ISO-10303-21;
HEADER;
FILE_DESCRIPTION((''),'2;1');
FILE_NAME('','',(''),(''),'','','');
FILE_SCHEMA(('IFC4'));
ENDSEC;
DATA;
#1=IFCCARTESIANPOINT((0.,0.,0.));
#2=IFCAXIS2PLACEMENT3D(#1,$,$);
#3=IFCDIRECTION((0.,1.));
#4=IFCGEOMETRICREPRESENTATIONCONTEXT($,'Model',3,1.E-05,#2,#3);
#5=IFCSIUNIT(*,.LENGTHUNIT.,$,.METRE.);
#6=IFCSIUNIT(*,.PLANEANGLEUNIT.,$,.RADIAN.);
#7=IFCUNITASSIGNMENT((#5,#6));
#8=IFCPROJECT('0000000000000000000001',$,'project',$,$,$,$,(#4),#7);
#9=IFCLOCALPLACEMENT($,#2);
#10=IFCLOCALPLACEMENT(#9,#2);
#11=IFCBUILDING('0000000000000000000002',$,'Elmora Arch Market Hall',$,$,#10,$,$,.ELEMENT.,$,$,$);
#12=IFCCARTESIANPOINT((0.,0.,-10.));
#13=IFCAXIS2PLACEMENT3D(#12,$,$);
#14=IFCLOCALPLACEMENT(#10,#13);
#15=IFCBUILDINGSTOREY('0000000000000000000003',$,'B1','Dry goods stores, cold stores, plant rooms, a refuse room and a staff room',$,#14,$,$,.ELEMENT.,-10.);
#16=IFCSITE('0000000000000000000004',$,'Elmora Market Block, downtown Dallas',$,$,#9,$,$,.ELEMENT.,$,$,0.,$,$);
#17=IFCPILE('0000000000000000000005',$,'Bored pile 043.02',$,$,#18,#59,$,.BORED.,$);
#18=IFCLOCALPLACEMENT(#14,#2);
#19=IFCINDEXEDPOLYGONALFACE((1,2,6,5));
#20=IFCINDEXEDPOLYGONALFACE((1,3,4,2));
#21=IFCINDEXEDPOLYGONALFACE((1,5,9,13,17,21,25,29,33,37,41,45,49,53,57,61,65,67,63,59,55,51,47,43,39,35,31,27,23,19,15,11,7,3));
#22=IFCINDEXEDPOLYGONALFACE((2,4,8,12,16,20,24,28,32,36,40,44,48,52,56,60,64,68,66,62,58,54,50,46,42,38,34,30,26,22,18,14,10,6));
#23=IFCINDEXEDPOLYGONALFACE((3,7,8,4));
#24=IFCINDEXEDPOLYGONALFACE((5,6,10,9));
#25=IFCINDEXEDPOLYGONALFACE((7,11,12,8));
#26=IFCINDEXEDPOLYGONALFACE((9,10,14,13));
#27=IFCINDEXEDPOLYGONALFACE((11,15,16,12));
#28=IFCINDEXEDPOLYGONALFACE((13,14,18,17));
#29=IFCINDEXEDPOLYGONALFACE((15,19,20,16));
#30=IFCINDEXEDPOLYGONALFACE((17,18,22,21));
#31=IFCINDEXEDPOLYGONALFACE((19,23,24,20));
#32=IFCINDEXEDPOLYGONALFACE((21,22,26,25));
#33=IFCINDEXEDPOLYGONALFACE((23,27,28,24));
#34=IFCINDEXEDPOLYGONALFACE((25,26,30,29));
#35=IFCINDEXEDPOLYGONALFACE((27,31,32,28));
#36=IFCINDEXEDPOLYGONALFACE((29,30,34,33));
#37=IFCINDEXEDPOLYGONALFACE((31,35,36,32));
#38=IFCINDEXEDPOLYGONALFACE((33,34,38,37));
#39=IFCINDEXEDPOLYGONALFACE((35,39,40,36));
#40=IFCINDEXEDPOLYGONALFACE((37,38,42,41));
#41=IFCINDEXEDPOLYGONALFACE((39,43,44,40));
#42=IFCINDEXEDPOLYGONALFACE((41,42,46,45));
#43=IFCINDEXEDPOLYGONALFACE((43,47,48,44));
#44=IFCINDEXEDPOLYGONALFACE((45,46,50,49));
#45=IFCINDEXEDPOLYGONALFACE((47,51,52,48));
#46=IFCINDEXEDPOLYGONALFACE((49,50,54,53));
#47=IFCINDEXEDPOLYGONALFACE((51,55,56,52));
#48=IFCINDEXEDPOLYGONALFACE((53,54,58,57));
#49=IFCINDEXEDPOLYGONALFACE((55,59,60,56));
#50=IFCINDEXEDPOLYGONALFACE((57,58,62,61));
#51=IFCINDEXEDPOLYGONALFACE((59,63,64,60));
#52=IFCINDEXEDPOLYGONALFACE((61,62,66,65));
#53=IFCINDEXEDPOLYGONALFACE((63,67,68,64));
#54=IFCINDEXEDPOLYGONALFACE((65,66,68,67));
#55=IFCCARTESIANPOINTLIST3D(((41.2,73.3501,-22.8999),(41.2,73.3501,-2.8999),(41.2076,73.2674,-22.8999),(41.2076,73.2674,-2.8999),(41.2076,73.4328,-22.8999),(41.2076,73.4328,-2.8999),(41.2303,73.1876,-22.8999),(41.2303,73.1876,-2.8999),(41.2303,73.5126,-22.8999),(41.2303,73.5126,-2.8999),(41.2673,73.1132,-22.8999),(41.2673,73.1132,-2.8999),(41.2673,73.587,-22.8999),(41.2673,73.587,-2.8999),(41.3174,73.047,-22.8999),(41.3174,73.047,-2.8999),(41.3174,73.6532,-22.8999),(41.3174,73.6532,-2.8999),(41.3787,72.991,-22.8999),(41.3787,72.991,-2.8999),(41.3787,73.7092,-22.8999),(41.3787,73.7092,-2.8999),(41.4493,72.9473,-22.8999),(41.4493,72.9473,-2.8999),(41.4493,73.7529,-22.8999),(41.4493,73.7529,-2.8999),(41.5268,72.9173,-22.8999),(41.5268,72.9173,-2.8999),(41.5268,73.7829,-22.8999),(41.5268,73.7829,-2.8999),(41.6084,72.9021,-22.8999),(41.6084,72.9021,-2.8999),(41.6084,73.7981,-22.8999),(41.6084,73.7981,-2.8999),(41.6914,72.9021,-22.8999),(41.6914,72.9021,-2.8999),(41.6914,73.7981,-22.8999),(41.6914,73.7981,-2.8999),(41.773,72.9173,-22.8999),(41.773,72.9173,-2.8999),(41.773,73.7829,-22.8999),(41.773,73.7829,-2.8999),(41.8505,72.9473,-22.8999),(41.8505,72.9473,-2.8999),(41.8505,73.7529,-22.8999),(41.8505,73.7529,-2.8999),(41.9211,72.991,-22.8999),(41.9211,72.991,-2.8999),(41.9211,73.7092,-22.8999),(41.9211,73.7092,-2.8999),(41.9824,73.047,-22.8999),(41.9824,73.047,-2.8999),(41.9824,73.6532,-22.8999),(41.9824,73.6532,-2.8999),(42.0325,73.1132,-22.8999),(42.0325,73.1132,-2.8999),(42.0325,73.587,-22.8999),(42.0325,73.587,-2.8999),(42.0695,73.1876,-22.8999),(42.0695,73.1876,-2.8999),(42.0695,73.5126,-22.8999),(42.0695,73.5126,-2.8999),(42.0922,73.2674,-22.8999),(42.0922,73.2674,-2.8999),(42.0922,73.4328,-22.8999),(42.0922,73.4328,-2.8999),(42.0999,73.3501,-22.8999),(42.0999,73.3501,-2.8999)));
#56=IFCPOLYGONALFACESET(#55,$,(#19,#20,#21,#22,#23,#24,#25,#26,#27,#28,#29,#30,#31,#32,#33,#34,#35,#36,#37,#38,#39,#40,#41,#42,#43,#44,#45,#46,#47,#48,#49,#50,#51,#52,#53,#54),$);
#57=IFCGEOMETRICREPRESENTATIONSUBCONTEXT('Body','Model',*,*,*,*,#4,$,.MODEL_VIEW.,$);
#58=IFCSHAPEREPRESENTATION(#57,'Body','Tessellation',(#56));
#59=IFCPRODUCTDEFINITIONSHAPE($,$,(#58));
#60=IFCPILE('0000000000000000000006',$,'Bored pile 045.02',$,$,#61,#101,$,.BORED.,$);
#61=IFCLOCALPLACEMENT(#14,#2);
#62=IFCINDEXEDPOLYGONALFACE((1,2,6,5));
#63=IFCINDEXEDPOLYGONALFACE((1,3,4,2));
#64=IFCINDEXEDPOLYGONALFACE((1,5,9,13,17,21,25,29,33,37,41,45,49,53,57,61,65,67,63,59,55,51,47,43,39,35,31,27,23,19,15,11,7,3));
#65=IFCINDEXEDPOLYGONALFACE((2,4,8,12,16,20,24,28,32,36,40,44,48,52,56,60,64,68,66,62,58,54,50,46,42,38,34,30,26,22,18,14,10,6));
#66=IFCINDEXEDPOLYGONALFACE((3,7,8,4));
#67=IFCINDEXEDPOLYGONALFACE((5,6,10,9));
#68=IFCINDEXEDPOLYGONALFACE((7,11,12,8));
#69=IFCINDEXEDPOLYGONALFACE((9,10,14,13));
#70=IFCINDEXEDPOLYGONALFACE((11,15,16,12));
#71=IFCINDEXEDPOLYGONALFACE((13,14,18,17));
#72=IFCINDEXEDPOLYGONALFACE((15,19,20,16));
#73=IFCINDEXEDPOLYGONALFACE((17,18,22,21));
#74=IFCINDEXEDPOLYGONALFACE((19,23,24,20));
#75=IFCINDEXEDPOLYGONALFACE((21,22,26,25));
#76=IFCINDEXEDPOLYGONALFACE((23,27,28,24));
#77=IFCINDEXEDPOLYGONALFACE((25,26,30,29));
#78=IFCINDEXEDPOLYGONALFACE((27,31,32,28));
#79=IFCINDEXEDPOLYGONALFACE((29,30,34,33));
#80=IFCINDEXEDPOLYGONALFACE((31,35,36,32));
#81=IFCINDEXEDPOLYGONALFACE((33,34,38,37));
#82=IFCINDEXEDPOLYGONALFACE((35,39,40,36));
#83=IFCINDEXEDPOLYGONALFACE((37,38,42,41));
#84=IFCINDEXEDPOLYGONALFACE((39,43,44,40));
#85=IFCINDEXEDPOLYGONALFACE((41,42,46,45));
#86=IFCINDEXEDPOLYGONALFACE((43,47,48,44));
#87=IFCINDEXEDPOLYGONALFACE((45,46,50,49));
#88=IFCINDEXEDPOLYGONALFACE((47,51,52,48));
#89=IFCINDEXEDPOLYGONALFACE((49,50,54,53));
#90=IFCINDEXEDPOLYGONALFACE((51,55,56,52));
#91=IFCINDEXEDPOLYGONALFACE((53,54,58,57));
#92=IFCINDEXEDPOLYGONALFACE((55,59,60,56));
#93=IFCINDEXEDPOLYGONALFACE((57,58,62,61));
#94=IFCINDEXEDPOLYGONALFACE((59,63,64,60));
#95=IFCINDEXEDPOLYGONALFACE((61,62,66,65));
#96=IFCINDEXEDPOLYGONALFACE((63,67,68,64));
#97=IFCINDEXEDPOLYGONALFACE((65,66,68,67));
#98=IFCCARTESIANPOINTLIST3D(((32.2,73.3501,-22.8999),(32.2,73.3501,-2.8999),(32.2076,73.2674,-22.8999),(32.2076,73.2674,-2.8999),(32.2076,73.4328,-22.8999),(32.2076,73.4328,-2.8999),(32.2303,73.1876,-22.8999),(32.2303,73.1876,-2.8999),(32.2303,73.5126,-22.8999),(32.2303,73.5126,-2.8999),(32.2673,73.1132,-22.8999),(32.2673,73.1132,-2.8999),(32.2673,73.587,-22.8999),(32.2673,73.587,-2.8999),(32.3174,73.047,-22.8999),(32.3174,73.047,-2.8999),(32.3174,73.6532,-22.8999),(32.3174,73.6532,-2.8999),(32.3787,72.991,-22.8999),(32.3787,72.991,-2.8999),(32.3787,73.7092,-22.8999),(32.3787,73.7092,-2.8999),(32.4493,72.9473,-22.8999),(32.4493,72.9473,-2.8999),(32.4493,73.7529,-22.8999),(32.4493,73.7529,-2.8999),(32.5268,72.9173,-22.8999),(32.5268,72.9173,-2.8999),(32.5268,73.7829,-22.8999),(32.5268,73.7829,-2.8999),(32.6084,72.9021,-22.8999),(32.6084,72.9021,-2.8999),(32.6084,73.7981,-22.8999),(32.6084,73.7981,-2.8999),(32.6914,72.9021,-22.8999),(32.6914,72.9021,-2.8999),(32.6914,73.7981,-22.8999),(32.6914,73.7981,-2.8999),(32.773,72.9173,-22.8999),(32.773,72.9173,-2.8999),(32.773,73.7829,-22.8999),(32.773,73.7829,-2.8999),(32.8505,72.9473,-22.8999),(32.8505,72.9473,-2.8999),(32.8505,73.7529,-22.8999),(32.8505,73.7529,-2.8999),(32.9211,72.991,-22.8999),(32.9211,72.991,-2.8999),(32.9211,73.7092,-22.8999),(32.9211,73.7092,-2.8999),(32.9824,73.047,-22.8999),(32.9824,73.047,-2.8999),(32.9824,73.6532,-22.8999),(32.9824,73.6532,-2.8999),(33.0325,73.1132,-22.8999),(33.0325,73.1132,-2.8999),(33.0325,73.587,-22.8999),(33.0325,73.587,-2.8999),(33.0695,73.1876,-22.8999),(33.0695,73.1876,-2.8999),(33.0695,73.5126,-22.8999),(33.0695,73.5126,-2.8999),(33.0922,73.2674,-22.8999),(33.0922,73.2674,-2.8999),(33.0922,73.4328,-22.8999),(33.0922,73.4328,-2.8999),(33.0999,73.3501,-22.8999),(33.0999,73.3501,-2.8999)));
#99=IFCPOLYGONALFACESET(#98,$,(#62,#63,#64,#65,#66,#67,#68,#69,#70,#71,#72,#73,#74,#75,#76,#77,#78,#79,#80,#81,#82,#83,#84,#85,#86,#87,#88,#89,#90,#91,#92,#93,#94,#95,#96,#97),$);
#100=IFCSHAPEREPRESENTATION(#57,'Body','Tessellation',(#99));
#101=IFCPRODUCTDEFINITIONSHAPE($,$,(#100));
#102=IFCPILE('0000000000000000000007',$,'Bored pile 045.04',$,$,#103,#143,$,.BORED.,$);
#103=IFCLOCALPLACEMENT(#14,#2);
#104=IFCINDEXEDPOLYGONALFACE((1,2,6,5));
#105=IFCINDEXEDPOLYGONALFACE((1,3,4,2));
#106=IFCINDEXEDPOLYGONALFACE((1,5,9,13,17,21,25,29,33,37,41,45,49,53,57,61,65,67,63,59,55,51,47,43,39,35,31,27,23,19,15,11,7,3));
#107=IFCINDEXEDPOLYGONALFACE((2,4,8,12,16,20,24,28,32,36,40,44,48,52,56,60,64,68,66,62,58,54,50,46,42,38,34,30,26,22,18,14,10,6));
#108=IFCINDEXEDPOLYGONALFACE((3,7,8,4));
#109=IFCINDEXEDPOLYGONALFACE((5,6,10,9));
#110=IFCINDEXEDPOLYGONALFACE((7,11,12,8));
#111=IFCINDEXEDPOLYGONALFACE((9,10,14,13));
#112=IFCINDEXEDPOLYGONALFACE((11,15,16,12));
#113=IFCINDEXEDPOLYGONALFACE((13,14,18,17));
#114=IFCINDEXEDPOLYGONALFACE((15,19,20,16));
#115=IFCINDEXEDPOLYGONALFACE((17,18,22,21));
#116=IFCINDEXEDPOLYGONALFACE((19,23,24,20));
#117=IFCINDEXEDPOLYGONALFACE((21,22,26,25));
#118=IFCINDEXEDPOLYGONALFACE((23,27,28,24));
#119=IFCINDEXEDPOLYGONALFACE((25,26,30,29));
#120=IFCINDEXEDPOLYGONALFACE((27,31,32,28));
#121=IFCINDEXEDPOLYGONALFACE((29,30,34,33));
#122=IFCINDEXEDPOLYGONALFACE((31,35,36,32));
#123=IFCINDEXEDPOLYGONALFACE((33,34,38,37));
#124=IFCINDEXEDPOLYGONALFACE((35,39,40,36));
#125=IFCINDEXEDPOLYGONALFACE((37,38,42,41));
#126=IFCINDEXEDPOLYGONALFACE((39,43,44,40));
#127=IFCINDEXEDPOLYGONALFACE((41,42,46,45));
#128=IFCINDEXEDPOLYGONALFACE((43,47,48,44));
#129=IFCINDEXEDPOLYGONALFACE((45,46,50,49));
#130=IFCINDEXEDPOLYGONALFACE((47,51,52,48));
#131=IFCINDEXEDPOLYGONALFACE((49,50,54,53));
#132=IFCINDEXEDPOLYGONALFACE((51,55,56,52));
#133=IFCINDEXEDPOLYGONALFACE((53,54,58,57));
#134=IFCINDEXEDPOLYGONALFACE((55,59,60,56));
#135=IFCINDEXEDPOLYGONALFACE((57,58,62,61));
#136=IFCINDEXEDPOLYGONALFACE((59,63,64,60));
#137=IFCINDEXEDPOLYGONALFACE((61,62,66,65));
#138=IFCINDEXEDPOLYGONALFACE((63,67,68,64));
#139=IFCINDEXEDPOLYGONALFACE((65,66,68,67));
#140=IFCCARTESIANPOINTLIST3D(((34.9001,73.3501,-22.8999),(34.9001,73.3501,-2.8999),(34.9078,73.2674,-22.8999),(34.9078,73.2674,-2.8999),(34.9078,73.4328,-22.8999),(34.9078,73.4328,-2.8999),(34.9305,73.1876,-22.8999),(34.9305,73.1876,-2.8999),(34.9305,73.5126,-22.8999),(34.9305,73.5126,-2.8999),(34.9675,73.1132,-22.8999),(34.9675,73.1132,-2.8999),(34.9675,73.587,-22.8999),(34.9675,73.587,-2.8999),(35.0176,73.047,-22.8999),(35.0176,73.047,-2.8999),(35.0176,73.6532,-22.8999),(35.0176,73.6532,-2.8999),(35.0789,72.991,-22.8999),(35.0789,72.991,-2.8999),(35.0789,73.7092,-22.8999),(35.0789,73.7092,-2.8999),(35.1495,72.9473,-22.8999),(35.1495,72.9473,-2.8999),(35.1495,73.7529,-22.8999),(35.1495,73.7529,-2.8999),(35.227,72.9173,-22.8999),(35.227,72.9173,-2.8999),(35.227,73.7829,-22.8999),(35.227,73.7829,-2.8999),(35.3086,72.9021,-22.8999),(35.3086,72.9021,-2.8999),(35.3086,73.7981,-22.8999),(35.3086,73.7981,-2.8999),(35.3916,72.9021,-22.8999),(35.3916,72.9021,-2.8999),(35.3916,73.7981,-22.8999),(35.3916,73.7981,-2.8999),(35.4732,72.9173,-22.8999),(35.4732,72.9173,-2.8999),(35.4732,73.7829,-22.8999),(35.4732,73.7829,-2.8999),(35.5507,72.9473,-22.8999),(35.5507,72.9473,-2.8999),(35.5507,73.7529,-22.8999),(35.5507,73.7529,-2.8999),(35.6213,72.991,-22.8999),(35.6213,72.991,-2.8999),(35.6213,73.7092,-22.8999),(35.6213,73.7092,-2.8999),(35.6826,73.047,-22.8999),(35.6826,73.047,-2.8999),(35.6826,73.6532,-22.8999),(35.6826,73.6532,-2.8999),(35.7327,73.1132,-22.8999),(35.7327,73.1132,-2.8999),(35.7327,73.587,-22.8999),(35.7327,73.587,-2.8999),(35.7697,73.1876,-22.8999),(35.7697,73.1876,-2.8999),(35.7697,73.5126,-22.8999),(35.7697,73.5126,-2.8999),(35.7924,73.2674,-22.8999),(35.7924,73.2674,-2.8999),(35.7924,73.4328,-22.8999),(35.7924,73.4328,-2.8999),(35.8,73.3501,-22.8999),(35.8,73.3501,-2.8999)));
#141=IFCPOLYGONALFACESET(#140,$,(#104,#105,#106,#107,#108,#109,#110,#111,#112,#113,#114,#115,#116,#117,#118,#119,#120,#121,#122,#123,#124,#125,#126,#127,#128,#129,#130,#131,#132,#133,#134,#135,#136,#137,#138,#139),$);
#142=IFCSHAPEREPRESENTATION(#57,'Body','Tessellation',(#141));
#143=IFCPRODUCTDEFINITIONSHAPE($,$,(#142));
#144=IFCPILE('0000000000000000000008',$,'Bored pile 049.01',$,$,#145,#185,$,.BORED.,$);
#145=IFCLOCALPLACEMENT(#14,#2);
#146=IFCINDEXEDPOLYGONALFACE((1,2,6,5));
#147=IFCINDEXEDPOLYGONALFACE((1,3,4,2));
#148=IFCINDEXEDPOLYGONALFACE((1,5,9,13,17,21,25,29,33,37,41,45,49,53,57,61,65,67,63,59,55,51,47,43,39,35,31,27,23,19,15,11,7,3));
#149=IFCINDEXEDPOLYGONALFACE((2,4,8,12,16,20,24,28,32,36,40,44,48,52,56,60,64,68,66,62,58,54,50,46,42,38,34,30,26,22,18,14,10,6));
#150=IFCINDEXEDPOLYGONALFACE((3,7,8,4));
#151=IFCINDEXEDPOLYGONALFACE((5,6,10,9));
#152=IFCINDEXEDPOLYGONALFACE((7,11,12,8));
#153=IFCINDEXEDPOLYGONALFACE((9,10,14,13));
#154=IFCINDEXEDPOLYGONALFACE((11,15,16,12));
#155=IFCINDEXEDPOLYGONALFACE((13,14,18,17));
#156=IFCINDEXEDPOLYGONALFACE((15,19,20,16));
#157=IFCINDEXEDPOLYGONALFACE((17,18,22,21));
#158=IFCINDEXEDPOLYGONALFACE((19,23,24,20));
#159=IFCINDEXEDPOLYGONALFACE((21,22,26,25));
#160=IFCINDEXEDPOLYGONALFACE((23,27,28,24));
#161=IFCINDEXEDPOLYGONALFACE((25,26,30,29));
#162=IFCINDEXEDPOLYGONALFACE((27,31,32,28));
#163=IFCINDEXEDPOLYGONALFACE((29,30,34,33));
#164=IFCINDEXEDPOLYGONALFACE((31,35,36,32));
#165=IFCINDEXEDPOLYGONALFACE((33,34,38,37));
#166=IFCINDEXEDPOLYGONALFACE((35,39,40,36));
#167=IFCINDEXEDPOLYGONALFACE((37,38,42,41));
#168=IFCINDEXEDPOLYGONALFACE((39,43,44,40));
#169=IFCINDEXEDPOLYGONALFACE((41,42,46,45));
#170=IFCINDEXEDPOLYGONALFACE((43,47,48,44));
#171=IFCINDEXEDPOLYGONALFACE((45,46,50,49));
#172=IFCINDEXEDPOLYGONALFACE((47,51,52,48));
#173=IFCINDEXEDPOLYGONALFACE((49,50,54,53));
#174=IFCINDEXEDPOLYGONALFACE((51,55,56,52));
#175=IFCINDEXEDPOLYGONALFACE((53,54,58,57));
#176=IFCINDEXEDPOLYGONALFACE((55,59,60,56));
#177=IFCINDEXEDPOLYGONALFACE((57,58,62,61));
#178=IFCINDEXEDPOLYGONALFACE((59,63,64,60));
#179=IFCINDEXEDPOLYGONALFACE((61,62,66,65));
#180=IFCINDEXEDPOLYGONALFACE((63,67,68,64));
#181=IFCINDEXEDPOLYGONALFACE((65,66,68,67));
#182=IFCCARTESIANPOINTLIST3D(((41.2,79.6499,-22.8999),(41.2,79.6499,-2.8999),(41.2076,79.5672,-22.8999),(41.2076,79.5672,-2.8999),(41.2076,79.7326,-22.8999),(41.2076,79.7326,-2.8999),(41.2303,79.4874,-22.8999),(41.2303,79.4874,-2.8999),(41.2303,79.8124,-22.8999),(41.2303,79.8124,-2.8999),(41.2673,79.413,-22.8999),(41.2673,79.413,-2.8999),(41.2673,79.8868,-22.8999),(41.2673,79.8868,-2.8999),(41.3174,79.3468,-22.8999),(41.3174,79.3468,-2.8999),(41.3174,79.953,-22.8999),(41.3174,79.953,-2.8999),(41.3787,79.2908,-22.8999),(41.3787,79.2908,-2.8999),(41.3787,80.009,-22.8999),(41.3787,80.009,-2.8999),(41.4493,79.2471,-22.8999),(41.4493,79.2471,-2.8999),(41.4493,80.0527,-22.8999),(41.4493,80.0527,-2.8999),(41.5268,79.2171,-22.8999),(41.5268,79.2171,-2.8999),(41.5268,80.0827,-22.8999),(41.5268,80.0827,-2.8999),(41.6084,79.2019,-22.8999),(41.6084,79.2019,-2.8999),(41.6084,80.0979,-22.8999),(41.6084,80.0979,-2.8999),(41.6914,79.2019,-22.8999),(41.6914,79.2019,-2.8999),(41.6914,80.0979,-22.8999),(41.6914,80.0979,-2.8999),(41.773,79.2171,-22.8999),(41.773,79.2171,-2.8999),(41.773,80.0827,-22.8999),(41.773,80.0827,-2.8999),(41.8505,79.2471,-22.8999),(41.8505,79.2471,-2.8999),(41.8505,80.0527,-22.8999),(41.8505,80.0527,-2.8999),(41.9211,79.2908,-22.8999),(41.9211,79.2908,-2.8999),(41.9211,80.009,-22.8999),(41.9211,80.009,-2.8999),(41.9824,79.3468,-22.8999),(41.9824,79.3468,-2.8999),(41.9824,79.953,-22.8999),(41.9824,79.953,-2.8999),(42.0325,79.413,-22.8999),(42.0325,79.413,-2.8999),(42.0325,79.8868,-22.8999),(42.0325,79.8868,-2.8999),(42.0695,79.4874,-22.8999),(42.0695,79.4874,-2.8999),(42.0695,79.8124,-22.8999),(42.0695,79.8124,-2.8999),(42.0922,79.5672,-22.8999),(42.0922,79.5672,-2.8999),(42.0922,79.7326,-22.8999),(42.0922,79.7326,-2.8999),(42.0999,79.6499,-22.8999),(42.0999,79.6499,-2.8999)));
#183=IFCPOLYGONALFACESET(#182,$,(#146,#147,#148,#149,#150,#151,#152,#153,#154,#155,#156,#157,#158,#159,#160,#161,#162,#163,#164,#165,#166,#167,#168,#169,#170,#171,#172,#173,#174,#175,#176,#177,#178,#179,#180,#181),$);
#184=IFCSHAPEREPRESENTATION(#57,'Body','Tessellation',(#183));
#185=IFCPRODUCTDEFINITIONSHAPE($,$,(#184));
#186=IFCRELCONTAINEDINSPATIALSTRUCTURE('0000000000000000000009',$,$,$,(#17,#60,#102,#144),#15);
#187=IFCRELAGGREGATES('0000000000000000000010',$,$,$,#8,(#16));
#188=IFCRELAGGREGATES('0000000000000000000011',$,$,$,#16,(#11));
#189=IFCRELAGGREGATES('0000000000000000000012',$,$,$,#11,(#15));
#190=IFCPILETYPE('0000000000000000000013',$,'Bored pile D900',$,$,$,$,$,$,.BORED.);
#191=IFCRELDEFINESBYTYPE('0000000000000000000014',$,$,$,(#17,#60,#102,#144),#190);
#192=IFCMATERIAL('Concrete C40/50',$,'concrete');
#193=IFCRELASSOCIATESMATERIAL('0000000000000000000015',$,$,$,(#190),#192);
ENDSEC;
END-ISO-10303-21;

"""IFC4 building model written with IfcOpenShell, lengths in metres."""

from ifc_helpers import new_model, si_unit, direction, frame, origin, origin_2d, place, context, subcontext, project, spatial, circle, extrude, material, material_profile, profile_set, type_object, element, save


model = new_model("IFC4")

# Units and contexts
model_context = context("Model", 3, precision=1e-05, world=origin(), true_north=direction((0.0, 1.0)))
body_context = subcontext(model_context, "Body", "Model", "MODEL_VIEW")
ifc_project = project(units=[si_unit("LENGTHUNIT", "METRE"), si_unit("PLANEANGLEUNIT", "RADIAN")], contexts=[model_context])

# Site, building, storey
site_placement = place(None, origin())
site = spatial("IfcSite", under=ifc_project, at=site_placement, Name="Elmora Market Block, downtown Dallas", CompositionType="ELEMENT", RefElevation=0.0)
building_placement = place(site_placement, origin())
building = spatial("IfcBuilding", under=site, at=building_placement, Name="Elmora Arch Market Hall", CompositionType="ELEMENT")
storey_placement = place(building_placement, frame((0.0, 0.0, -10.0)))
storey = spatial("IfcBuildingStorey", under=building, at=storey_placement, Name="B1", Description="Dry goods stores, cold stores, plant rooms, a refuse room and a staff room", CompositionType="ELEMENT", Elevation=-10.0)

# Piles
ifc_material_1 = material(Name="Concrete C40/50", Category="concrete")
ifc_material_profile_1 = material_profile(ifc_material_1, circle(Radius=0.45, at=origin_2d()), Name="Bored pile D900")
ifc_profile_set_1 = profile_set([ifc_material_profile_1], Name="Concrete C40/50")
pile_type = type_object("IfcPileType", Name="Bored pile D900", PredefinedType="BORED", material=ifc_profile_set_1)
for number, where, z_axis, x_axis, name in (
    (1, (41.6499, 73.3501, -2.8999), (0.0, 0.0, -1.0), (1.0, 0.0, 0.0), "Bored pile 043.02"),
    (2, (32.6499, 73.3501, -2.8999), (0.0, 0.0, -1.0), (1.0, 0.0, 0.0), "Bored pile 045.02"),
    (3, (35.3501, 73.3501, -2.8999), (0.0, 0.0, -1.0), (1.0, 0.0, 0.0), "Bored pile 045.04"),
    (4, (41.6499, 79.6499, -2.8999), (0.0, 0.0, -1.0), (1.0, 0.0, 0.0), "Bored pile 049.01"),
):
    element("IfcPile", number, at=place(storey_placement, frame(where, z_axis=z_axis, x_axis=x_axis)), inside=storey, type_object=pile_type, Name=name, PredefinedType="BORED", context=body_context, shape_type="SweptSolid", body=[
        extrude(circle(Radius=0.45, at=origin_2d()), origin(), (0.0, 0.0, 1.0), 20.0),
    ])

save(model, "model.ifc")
